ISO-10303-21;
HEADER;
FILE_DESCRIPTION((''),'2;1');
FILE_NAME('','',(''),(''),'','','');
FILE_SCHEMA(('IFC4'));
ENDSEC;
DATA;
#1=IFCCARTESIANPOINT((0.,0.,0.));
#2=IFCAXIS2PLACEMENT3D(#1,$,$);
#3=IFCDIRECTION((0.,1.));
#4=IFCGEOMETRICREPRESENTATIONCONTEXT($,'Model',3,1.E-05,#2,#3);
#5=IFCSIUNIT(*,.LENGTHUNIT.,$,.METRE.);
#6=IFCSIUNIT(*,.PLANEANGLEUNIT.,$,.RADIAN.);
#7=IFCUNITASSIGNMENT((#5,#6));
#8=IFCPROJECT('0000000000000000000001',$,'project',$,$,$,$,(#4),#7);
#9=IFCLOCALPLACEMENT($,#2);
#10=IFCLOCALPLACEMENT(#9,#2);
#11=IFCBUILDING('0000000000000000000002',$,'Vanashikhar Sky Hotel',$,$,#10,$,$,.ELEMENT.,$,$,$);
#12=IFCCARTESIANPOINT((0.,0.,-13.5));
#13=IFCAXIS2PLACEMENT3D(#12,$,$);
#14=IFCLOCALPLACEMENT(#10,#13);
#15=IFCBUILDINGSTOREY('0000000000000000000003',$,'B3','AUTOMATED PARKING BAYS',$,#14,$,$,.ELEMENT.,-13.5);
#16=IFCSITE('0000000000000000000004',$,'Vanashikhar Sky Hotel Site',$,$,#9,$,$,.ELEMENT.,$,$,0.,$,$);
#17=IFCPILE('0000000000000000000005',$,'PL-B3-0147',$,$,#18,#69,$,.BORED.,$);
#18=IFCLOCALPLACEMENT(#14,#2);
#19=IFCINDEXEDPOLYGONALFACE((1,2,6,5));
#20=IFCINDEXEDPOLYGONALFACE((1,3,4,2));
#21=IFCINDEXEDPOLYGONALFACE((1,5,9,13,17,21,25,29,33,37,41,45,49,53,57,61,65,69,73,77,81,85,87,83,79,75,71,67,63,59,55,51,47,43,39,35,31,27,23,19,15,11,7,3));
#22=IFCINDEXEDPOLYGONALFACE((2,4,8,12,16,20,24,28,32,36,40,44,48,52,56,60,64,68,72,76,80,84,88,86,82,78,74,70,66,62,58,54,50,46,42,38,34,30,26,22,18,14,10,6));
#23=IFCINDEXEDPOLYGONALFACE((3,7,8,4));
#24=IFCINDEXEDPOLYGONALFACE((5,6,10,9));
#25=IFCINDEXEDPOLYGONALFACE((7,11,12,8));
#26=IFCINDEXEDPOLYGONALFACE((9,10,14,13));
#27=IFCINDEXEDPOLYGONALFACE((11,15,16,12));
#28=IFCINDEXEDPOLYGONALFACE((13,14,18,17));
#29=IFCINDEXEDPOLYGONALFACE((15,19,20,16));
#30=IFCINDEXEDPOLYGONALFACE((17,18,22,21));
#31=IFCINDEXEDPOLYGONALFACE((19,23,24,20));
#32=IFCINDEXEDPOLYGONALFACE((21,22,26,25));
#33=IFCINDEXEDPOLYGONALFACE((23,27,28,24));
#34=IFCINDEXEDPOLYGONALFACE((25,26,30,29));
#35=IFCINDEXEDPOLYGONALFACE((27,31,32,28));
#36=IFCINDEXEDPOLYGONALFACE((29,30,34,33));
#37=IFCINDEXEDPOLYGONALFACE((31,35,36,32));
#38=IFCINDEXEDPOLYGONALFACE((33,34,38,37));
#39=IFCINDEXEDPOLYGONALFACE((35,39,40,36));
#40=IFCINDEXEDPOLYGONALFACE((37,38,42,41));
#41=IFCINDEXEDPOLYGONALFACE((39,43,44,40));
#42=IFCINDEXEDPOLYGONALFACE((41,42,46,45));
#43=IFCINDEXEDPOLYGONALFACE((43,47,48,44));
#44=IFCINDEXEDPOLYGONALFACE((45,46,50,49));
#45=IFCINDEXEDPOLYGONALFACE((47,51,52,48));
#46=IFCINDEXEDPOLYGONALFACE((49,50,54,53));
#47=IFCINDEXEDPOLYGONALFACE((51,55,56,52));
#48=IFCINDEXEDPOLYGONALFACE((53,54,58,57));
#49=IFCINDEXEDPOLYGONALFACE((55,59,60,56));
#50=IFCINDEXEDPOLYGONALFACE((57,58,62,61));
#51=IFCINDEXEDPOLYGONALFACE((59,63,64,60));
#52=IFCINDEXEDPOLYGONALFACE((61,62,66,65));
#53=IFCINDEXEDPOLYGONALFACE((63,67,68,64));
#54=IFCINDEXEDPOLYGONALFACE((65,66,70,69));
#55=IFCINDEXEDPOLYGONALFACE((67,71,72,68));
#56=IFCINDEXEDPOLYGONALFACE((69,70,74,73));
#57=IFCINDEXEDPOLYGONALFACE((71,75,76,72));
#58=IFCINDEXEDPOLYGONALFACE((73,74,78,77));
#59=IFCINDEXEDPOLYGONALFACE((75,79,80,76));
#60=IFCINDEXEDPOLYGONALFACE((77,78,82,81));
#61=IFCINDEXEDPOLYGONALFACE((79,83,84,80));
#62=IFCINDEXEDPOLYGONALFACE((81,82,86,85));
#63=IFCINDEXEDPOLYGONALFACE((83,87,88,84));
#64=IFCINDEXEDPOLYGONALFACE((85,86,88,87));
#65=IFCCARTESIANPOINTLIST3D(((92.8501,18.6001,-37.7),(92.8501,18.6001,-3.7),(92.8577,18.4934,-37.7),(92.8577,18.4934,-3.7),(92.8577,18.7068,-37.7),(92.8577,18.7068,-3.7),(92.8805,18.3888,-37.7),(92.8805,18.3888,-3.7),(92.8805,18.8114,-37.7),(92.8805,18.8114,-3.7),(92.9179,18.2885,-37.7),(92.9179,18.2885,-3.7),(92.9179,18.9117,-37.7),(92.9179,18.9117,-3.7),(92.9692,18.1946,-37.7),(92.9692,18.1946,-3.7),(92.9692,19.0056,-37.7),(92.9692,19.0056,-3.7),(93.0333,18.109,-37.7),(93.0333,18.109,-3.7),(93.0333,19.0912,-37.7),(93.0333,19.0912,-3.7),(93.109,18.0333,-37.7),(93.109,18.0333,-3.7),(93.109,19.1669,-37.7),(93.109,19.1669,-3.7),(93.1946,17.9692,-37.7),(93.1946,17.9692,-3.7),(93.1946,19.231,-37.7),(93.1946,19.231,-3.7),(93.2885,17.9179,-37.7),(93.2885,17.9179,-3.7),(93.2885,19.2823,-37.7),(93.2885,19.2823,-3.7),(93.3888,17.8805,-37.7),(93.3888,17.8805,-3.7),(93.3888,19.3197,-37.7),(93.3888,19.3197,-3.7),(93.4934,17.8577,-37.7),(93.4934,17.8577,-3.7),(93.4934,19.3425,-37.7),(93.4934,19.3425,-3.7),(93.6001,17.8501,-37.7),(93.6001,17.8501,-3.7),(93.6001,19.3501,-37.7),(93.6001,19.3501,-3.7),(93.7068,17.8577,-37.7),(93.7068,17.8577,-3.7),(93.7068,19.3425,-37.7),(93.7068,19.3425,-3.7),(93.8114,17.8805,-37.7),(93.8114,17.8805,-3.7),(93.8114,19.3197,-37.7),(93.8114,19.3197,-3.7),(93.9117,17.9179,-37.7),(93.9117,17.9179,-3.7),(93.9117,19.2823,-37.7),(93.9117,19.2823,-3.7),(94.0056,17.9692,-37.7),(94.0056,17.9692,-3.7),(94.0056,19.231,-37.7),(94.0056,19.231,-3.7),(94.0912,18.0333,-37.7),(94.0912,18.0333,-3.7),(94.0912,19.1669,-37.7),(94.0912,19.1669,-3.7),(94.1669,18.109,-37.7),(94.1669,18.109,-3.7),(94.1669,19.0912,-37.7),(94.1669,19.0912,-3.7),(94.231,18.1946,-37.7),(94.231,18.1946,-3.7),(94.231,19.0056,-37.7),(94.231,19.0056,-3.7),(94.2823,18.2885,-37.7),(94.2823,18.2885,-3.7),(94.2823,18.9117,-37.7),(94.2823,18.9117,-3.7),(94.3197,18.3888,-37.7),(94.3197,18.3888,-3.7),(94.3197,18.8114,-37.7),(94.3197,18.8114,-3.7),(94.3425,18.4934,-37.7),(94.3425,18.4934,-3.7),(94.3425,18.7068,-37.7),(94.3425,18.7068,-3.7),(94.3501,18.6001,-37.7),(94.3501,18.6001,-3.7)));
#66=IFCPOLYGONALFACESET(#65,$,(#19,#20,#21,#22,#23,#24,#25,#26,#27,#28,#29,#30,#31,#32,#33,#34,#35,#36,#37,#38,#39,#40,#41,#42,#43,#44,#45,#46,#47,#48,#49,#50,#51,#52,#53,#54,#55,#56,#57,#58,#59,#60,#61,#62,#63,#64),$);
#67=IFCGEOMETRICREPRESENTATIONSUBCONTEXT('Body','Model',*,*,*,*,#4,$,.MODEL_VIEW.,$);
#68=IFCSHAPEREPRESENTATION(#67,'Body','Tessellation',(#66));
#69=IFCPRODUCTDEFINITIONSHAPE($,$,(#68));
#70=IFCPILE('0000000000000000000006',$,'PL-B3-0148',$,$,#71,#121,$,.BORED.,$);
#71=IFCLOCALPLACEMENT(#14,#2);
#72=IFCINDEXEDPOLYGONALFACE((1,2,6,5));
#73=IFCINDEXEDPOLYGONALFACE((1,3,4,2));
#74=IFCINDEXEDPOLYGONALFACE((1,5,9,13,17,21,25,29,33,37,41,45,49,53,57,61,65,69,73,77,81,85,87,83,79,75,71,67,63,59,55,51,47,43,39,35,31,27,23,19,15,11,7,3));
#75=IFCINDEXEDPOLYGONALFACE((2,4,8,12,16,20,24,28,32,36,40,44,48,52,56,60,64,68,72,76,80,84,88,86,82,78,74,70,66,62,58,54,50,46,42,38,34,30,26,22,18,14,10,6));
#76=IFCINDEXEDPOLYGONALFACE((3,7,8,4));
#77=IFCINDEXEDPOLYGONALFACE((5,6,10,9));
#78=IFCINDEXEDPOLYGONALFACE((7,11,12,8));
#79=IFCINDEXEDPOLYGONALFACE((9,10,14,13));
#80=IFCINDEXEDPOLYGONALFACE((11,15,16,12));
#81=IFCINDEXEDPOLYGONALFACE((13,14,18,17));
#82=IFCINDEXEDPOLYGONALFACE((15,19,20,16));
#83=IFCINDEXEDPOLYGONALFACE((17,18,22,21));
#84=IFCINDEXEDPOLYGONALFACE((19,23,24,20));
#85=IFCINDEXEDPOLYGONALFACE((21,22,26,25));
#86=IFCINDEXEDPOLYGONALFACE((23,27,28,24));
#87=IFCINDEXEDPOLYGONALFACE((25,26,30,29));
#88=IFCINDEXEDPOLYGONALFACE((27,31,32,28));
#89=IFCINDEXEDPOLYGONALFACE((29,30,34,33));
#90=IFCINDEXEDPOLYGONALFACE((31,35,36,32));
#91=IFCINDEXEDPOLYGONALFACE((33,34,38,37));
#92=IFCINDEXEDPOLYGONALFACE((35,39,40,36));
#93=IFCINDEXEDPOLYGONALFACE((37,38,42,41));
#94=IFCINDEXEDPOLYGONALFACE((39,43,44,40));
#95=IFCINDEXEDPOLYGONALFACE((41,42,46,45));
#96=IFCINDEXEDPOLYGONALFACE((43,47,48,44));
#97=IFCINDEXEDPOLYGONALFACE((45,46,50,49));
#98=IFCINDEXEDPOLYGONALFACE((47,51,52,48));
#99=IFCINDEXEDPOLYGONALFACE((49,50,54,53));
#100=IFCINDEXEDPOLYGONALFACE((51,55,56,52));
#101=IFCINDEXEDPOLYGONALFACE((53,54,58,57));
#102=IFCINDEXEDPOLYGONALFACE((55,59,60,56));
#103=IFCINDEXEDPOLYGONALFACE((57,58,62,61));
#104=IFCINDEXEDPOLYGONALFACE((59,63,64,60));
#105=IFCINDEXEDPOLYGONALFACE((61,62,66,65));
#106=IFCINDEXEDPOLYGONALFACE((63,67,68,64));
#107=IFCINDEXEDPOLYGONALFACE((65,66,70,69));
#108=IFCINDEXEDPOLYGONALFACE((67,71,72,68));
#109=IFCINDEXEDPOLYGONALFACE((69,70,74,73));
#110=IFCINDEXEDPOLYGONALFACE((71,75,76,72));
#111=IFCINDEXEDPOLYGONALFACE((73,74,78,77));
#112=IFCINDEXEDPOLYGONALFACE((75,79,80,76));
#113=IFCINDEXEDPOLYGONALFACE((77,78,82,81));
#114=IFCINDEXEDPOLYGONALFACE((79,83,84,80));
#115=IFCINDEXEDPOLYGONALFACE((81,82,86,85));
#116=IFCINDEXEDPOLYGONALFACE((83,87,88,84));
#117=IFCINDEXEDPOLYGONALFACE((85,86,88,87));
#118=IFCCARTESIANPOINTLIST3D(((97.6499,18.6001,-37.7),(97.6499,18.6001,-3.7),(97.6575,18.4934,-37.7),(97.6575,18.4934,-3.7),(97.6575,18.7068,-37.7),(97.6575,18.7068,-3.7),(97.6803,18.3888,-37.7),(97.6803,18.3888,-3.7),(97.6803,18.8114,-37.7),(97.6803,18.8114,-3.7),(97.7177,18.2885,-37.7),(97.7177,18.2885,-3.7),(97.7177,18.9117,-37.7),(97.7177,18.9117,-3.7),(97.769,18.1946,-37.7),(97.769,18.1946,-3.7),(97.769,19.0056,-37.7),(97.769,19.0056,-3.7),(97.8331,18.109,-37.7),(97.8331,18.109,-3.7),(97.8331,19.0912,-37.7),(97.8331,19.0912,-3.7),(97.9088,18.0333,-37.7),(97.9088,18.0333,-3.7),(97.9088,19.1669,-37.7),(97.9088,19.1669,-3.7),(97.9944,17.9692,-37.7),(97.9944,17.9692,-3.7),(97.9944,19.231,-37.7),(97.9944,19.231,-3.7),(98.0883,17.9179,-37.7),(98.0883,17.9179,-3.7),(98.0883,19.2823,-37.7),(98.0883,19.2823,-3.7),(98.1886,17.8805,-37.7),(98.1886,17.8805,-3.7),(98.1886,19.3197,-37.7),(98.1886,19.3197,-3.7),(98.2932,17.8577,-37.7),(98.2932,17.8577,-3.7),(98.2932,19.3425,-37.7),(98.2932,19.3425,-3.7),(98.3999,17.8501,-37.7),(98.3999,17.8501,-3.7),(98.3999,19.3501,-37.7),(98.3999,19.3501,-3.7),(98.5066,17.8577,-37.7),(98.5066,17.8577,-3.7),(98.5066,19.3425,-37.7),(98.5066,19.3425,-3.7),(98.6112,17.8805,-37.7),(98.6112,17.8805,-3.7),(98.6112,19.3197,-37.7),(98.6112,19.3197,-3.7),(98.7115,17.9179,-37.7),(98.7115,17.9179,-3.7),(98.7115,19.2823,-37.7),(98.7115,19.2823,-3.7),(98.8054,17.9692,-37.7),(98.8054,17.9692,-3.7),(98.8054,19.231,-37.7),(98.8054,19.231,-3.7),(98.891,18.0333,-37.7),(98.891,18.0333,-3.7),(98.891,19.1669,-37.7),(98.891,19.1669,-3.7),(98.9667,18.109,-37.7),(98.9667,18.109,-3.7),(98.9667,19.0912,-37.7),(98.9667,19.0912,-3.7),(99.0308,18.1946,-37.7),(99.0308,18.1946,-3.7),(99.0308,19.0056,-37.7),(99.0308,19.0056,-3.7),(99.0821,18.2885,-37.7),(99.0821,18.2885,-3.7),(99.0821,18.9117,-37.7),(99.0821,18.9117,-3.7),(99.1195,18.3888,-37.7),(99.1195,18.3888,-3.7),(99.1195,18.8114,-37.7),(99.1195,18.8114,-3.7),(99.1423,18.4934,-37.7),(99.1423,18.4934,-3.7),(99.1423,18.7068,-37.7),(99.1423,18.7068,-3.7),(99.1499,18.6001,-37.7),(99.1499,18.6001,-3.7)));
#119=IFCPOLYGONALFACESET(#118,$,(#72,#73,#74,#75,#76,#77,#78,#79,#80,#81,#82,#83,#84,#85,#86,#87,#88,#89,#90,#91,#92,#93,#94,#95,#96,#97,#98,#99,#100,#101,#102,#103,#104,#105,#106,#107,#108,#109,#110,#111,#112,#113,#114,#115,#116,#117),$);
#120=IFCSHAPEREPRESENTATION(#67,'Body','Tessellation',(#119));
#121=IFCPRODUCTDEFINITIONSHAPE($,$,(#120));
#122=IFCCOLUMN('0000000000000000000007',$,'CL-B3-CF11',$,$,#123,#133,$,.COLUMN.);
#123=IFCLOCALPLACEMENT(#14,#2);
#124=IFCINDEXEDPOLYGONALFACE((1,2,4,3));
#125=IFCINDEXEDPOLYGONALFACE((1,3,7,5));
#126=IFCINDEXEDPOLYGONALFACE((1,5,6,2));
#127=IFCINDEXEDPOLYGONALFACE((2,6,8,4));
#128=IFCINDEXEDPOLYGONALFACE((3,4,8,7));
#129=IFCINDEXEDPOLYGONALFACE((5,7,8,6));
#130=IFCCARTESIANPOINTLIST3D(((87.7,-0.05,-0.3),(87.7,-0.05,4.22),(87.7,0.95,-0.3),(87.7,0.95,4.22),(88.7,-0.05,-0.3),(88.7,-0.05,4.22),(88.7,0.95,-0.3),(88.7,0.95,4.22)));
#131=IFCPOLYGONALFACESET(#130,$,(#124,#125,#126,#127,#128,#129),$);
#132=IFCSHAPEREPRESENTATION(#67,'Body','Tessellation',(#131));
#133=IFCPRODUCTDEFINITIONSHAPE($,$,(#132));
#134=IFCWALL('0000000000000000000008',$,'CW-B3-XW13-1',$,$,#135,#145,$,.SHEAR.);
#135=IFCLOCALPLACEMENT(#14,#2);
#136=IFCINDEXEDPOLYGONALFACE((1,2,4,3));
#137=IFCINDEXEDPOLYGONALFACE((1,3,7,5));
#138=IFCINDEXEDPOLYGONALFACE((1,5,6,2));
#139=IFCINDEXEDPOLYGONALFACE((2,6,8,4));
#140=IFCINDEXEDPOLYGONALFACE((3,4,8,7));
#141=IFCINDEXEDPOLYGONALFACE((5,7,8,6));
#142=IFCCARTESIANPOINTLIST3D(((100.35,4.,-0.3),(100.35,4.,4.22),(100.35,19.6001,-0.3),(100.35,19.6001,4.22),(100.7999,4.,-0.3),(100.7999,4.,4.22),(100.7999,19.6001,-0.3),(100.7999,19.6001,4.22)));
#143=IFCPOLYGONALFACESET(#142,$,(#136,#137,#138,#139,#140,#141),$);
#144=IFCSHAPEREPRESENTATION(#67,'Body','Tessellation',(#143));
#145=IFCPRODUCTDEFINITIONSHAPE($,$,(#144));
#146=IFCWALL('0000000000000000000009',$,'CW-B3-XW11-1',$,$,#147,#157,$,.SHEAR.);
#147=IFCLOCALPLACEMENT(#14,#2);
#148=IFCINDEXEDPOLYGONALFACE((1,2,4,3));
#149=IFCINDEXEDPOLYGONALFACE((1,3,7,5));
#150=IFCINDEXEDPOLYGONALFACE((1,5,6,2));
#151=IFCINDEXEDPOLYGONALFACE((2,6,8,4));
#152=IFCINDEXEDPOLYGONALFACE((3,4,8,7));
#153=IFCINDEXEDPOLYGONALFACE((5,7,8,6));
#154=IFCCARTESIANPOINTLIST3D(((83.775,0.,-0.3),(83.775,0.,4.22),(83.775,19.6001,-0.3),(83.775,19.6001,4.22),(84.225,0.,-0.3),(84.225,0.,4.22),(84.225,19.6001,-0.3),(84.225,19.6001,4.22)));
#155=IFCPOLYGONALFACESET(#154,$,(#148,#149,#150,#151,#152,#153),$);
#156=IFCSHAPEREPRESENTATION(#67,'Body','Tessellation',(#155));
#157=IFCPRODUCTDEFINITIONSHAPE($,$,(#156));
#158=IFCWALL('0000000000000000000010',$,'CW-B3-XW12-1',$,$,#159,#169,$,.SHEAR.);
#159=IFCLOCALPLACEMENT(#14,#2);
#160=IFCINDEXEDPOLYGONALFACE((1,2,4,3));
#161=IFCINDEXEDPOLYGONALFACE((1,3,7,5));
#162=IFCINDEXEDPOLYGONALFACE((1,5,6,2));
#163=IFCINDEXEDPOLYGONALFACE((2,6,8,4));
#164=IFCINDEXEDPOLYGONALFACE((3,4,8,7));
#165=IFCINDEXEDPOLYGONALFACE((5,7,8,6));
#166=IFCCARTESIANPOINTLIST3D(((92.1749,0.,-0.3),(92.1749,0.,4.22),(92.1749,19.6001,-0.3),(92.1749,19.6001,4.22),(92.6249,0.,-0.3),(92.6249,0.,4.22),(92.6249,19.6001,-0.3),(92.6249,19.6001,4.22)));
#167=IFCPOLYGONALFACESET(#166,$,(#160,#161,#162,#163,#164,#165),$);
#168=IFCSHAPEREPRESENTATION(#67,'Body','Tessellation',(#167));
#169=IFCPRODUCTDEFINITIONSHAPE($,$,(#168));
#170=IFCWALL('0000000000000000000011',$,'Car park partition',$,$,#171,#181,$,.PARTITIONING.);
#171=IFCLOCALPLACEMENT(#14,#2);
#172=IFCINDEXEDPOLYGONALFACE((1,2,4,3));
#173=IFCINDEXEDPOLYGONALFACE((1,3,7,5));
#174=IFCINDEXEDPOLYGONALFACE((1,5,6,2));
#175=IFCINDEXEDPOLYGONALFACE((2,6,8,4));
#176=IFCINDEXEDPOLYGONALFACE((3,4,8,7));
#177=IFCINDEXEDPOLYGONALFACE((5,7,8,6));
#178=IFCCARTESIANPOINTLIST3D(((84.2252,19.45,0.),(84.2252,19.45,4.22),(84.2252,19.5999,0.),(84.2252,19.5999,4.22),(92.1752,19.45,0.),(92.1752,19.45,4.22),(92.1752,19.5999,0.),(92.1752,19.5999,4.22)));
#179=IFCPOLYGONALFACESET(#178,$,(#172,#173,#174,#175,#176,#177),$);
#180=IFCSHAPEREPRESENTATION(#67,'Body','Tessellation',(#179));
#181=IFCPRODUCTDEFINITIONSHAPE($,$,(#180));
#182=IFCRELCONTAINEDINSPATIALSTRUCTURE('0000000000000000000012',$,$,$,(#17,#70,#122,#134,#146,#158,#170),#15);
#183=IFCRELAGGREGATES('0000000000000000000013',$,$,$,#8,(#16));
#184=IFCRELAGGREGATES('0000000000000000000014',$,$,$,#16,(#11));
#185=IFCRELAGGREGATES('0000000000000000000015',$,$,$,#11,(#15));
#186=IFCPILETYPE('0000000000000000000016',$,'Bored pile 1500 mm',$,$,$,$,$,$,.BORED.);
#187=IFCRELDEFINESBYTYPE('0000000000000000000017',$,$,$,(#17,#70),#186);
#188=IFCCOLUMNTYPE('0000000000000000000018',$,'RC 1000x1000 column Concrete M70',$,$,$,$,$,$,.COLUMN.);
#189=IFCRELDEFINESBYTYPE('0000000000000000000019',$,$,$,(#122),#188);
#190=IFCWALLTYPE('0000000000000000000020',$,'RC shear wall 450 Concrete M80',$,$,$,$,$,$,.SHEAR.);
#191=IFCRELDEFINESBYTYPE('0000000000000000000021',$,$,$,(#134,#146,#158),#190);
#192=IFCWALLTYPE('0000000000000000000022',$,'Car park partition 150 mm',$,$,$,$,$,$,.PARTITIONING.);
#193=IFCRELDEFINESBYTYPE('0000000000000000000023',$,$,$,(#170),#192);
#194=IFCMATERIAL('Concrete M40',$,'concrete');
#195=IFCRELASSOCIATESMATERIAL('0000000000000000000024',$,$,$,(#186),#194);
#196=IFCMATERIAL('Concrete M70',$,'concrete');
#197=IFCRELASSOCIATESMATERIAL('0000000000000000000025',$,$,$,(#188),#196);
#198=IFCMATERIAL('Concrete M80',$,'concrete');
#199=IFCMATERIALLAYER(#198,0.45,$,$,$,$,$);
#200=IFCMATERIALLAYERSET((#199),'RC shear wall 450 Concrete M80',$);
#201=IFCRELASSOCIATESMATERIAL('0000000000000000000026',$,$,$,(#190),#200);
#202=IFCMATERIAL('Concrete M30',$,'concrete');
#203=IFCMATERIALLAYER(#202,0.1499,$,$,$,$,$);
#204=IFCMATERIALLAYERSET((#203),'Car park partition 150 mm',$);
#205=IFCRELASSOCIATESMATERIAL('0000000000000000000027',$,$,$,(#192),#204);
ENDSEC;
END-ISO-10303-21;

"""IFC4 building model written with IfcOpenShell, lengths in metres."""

from ifc_helpers import new_model, si_unit, direction, frame, frame_2d, origin, origin_2d, place, context, subcontext, project, spatial, rectangle, circle, extrude, source, transform, mapped, material, layer, layer_set, material_profile, profile_set, type_object, element, save


model = new_model("IFC4")

# Units and contexts
model_context = context("Model", 3, precision=1e-05, world=origin(), true_north=direction((0.0, 1.0)))
body_context = subcontext(model_context, "Body", "Model", "MODEL_VIEW")
ifc_project = project(units=[si_unit("LENGTHUNIT", "METRE"), si_unit("PLANEANGLEUNIT", "RADIAN")], contexts=[model_context])

# Site, building, storey
site_placement = place(None, origin())
site = spatial("IfcSite", under=ifc_project, at=site_placement, Name="Vanashikhar Sky Hotel Site", CompositionType="ELEMENT", RefElevation=0.0)
building_placement = place(site_placement, origin())
building = spatial("IfcBuilding", under=site, at=building_placement, Name="Vanashikhar Sky Hotel", CompositionType="ELEMENT")
storey_placement = place(building_placement, frame((0.0, 0.0, -13.5)))
storey = spatial("IfcBuildingStorey", under=building, at=storey_placement, Name="B3", Description="AUTOMATED PARKING BAYS", CompositionType="ELEMENT", Elevation=-13.5)

# Piles
ifc_material_1 = material(Name="Concrete M40", Category="concrete")
pile_type = type_object("IfcPileType", Name="Bored pile 1500 mm", PredefinedType="BORED", material=ifc_material_1)
shared_shape_1 = source(origin(), body_context, "Body", "SweptSolid", [
    extrude(circle(Radius=0.75, at=origin_2d()), origin(), (0.0, 0.0, 1.0), 34.0),
])
for number, where, z_axis, x_axis, name in (
    (1, (93.6001, 18.6001, -3.7), (0.0, 0.0, -1.0), (1.0, 0.0, 0.0), "PL-B3-0147"),
    (2, (98.3999, 18.6001, -3.7), (0.0, 0.0, -1.0), (1.0, 0.0, 0.0), "PL-B3-0148"),
):
    element("IfcPile", number, at=place(storey_placement, frame(where, z_axis=z_axis, x_axis=x_axis)), inside=storey, type_object=pile_type, Name=name, PredefinedType="BORED", context=body_context, shape_type="MappedRepresentation", body=[
        mapped(shared_shape_1, transform((0.0, 0.0, 0.0), scale=1.0)),
    ])

# Column
ifc_material_2 = material(Name="Concrete M70", Category="concrete")
ifc_material_profile = material_profile(ifc_material_2, rectangle(XDim=1.0, YDim=1.0, at=origin_2d()))
ifc_profile_set = profile_set([ifc_material_profile], Name="RC 1000x1000 column Concrete M70")
column_type = type_object("IfcColumnType", Name="RC 1000x1000 column Concrete M70", PredefinedType="COLUMN", material=ifc_profile_set)
shared_shape_2 = source(origin(), body_context, "Body", "SweptSolid", [
    extrude(rectangle(XDim=1.0, YDim=1.0, at=origin_2d()), origin(), (0.0, 0.0, 1.0), 4.52),
])
column_placement = place(storey_placement, frame((88.2, 0.45, -0.3), z_axis=(0.0, 0.0, 1.0), x_axis=(1.0, 0.0, 0.0)))
element("IfcColumn", 3, at=column_placement, inside=storey, type_object=column_type, Name="CL-B3-CF11", PredefinedType="COLUMN", context=body_context, shape_type="MappedRepresentation", body=[
    mapped(shared_shape_2, transform((0.0, 0.0, 0.0), scale=1.0)),
])

# Walls
ifc_material_3 = material(Name="Concrete M80", Category="concrete")
ifc_layer_1 = layer(ifc_material_3, 0.45)
ifc_layer_set_1 = layer_set([ifc_layer_1], Name="RC shear wall 450 Concrete M80")
wall_type_1 = type_object("IfcWallType", Name="RC shear wall 450 Concrete M80", PredefinedType="SHEAR", material=ifc_layer_set_1)
shared_shape_3 = source(origin(), body_context, "Body", "SweptSolid", [
    extrude(rectangle(XDim=15.6001, YDim=0.45, at=frame_2d((7.8, 0.0))), origin(), (0.0, 0.0, 1.0), 4.52),
])
wall_1_placement = place(storey_placement, frame((100.575, 4.0, -0.3), z_axis=(0.0, 0.0, 1.0), x_axis=(0.0, 1.0, 0.0)))
element("IfcWall", 4, at=wall_1_placement, inside=storey, type_object=wall_type_1, Name="CW-B3-XW13-1", PredefinedType="SHEAR", context=body_context, shape_type="MappedRepresentation", body=[
    mapped(shared_shape_3, transform((0.0, 0.0, 0.0), scale=1.0)),
])
shared_shape_4 = source(origin(), body_context, "Body", "SweptSolid", [
    extrude(rectangle(XDim=19.6001, YDim=0.45, at=frame_2d((9.8, 0.0))), origin(), (0.0, 0.0, 1.0), 4.52),
])
for number, where, z_axis, x_axis, name in (
    (5, (84.0, 0.0, -0.3), (0.0, 0.0, 1.0), (0.0, 1.0, 0.0), "CW-B3-XW11-1"),
    (6, (92.3999, 0.0, -0.3), (0.0, 0.0, 1.0), (0.0, 1.0, 0.0), "CW-B3-XW12-1"),
):
    element("IfcWall", number, at=place(storey_placement, frame(where, z_axis=z_axis, x_axis=x_axis)), inside=storey, type_object=wall_type_1, Name=name, PredefinedType="SHEAR", context=body_context, shape_type="MappedRepresentation", body=[
        mapped(shared_shape_4, transform((0.0, 0.0, 0.0), scale=1.0)),
    ])
ifc_material_4 = material(Name="Concrete M30", Category="concrete")
ifc_layer_2 = layer(ifc_material_4, 0.1499)
ifc_layer_set_2 = layer_set([ifc_layer_2], Name="Car park partition 150 mm")
wall_type_2 = type_object("IfcWallType", Name="Car park partition 150 mm", PredefinedType="PARTITIONING", material=ifc_layer_set_2)
shared_shape_5 = source(origin(), body_context, "Body", "SweptSolid", [
    extrude(rectangle(XDim=7.95, YDim=0.1499, at=frame_2d((3.9751, 0.0))), origin(), (0.0, 0.0, 1.0), 4.22),
])
wall_2_placement = place(storey_placement, frame((84.2251, 19.5249, 0.0), z_axis=(0.0, 0.0, 1.0), x_axis=(1.0, 0.0, 0.0)))
element("IfcWall", 7, at=wall_2_placement, inside=storey, type_object=wall_type_2, Name="Car park partition", PredefinedType="PARTITIONING", context=body_context, shape_type="MappedRepresentation", body=[
    mapped(shared_shape_5, transform((0.0, 0.0, 0.0), scale=1.0)),
])

save(model, "model.ifc")
